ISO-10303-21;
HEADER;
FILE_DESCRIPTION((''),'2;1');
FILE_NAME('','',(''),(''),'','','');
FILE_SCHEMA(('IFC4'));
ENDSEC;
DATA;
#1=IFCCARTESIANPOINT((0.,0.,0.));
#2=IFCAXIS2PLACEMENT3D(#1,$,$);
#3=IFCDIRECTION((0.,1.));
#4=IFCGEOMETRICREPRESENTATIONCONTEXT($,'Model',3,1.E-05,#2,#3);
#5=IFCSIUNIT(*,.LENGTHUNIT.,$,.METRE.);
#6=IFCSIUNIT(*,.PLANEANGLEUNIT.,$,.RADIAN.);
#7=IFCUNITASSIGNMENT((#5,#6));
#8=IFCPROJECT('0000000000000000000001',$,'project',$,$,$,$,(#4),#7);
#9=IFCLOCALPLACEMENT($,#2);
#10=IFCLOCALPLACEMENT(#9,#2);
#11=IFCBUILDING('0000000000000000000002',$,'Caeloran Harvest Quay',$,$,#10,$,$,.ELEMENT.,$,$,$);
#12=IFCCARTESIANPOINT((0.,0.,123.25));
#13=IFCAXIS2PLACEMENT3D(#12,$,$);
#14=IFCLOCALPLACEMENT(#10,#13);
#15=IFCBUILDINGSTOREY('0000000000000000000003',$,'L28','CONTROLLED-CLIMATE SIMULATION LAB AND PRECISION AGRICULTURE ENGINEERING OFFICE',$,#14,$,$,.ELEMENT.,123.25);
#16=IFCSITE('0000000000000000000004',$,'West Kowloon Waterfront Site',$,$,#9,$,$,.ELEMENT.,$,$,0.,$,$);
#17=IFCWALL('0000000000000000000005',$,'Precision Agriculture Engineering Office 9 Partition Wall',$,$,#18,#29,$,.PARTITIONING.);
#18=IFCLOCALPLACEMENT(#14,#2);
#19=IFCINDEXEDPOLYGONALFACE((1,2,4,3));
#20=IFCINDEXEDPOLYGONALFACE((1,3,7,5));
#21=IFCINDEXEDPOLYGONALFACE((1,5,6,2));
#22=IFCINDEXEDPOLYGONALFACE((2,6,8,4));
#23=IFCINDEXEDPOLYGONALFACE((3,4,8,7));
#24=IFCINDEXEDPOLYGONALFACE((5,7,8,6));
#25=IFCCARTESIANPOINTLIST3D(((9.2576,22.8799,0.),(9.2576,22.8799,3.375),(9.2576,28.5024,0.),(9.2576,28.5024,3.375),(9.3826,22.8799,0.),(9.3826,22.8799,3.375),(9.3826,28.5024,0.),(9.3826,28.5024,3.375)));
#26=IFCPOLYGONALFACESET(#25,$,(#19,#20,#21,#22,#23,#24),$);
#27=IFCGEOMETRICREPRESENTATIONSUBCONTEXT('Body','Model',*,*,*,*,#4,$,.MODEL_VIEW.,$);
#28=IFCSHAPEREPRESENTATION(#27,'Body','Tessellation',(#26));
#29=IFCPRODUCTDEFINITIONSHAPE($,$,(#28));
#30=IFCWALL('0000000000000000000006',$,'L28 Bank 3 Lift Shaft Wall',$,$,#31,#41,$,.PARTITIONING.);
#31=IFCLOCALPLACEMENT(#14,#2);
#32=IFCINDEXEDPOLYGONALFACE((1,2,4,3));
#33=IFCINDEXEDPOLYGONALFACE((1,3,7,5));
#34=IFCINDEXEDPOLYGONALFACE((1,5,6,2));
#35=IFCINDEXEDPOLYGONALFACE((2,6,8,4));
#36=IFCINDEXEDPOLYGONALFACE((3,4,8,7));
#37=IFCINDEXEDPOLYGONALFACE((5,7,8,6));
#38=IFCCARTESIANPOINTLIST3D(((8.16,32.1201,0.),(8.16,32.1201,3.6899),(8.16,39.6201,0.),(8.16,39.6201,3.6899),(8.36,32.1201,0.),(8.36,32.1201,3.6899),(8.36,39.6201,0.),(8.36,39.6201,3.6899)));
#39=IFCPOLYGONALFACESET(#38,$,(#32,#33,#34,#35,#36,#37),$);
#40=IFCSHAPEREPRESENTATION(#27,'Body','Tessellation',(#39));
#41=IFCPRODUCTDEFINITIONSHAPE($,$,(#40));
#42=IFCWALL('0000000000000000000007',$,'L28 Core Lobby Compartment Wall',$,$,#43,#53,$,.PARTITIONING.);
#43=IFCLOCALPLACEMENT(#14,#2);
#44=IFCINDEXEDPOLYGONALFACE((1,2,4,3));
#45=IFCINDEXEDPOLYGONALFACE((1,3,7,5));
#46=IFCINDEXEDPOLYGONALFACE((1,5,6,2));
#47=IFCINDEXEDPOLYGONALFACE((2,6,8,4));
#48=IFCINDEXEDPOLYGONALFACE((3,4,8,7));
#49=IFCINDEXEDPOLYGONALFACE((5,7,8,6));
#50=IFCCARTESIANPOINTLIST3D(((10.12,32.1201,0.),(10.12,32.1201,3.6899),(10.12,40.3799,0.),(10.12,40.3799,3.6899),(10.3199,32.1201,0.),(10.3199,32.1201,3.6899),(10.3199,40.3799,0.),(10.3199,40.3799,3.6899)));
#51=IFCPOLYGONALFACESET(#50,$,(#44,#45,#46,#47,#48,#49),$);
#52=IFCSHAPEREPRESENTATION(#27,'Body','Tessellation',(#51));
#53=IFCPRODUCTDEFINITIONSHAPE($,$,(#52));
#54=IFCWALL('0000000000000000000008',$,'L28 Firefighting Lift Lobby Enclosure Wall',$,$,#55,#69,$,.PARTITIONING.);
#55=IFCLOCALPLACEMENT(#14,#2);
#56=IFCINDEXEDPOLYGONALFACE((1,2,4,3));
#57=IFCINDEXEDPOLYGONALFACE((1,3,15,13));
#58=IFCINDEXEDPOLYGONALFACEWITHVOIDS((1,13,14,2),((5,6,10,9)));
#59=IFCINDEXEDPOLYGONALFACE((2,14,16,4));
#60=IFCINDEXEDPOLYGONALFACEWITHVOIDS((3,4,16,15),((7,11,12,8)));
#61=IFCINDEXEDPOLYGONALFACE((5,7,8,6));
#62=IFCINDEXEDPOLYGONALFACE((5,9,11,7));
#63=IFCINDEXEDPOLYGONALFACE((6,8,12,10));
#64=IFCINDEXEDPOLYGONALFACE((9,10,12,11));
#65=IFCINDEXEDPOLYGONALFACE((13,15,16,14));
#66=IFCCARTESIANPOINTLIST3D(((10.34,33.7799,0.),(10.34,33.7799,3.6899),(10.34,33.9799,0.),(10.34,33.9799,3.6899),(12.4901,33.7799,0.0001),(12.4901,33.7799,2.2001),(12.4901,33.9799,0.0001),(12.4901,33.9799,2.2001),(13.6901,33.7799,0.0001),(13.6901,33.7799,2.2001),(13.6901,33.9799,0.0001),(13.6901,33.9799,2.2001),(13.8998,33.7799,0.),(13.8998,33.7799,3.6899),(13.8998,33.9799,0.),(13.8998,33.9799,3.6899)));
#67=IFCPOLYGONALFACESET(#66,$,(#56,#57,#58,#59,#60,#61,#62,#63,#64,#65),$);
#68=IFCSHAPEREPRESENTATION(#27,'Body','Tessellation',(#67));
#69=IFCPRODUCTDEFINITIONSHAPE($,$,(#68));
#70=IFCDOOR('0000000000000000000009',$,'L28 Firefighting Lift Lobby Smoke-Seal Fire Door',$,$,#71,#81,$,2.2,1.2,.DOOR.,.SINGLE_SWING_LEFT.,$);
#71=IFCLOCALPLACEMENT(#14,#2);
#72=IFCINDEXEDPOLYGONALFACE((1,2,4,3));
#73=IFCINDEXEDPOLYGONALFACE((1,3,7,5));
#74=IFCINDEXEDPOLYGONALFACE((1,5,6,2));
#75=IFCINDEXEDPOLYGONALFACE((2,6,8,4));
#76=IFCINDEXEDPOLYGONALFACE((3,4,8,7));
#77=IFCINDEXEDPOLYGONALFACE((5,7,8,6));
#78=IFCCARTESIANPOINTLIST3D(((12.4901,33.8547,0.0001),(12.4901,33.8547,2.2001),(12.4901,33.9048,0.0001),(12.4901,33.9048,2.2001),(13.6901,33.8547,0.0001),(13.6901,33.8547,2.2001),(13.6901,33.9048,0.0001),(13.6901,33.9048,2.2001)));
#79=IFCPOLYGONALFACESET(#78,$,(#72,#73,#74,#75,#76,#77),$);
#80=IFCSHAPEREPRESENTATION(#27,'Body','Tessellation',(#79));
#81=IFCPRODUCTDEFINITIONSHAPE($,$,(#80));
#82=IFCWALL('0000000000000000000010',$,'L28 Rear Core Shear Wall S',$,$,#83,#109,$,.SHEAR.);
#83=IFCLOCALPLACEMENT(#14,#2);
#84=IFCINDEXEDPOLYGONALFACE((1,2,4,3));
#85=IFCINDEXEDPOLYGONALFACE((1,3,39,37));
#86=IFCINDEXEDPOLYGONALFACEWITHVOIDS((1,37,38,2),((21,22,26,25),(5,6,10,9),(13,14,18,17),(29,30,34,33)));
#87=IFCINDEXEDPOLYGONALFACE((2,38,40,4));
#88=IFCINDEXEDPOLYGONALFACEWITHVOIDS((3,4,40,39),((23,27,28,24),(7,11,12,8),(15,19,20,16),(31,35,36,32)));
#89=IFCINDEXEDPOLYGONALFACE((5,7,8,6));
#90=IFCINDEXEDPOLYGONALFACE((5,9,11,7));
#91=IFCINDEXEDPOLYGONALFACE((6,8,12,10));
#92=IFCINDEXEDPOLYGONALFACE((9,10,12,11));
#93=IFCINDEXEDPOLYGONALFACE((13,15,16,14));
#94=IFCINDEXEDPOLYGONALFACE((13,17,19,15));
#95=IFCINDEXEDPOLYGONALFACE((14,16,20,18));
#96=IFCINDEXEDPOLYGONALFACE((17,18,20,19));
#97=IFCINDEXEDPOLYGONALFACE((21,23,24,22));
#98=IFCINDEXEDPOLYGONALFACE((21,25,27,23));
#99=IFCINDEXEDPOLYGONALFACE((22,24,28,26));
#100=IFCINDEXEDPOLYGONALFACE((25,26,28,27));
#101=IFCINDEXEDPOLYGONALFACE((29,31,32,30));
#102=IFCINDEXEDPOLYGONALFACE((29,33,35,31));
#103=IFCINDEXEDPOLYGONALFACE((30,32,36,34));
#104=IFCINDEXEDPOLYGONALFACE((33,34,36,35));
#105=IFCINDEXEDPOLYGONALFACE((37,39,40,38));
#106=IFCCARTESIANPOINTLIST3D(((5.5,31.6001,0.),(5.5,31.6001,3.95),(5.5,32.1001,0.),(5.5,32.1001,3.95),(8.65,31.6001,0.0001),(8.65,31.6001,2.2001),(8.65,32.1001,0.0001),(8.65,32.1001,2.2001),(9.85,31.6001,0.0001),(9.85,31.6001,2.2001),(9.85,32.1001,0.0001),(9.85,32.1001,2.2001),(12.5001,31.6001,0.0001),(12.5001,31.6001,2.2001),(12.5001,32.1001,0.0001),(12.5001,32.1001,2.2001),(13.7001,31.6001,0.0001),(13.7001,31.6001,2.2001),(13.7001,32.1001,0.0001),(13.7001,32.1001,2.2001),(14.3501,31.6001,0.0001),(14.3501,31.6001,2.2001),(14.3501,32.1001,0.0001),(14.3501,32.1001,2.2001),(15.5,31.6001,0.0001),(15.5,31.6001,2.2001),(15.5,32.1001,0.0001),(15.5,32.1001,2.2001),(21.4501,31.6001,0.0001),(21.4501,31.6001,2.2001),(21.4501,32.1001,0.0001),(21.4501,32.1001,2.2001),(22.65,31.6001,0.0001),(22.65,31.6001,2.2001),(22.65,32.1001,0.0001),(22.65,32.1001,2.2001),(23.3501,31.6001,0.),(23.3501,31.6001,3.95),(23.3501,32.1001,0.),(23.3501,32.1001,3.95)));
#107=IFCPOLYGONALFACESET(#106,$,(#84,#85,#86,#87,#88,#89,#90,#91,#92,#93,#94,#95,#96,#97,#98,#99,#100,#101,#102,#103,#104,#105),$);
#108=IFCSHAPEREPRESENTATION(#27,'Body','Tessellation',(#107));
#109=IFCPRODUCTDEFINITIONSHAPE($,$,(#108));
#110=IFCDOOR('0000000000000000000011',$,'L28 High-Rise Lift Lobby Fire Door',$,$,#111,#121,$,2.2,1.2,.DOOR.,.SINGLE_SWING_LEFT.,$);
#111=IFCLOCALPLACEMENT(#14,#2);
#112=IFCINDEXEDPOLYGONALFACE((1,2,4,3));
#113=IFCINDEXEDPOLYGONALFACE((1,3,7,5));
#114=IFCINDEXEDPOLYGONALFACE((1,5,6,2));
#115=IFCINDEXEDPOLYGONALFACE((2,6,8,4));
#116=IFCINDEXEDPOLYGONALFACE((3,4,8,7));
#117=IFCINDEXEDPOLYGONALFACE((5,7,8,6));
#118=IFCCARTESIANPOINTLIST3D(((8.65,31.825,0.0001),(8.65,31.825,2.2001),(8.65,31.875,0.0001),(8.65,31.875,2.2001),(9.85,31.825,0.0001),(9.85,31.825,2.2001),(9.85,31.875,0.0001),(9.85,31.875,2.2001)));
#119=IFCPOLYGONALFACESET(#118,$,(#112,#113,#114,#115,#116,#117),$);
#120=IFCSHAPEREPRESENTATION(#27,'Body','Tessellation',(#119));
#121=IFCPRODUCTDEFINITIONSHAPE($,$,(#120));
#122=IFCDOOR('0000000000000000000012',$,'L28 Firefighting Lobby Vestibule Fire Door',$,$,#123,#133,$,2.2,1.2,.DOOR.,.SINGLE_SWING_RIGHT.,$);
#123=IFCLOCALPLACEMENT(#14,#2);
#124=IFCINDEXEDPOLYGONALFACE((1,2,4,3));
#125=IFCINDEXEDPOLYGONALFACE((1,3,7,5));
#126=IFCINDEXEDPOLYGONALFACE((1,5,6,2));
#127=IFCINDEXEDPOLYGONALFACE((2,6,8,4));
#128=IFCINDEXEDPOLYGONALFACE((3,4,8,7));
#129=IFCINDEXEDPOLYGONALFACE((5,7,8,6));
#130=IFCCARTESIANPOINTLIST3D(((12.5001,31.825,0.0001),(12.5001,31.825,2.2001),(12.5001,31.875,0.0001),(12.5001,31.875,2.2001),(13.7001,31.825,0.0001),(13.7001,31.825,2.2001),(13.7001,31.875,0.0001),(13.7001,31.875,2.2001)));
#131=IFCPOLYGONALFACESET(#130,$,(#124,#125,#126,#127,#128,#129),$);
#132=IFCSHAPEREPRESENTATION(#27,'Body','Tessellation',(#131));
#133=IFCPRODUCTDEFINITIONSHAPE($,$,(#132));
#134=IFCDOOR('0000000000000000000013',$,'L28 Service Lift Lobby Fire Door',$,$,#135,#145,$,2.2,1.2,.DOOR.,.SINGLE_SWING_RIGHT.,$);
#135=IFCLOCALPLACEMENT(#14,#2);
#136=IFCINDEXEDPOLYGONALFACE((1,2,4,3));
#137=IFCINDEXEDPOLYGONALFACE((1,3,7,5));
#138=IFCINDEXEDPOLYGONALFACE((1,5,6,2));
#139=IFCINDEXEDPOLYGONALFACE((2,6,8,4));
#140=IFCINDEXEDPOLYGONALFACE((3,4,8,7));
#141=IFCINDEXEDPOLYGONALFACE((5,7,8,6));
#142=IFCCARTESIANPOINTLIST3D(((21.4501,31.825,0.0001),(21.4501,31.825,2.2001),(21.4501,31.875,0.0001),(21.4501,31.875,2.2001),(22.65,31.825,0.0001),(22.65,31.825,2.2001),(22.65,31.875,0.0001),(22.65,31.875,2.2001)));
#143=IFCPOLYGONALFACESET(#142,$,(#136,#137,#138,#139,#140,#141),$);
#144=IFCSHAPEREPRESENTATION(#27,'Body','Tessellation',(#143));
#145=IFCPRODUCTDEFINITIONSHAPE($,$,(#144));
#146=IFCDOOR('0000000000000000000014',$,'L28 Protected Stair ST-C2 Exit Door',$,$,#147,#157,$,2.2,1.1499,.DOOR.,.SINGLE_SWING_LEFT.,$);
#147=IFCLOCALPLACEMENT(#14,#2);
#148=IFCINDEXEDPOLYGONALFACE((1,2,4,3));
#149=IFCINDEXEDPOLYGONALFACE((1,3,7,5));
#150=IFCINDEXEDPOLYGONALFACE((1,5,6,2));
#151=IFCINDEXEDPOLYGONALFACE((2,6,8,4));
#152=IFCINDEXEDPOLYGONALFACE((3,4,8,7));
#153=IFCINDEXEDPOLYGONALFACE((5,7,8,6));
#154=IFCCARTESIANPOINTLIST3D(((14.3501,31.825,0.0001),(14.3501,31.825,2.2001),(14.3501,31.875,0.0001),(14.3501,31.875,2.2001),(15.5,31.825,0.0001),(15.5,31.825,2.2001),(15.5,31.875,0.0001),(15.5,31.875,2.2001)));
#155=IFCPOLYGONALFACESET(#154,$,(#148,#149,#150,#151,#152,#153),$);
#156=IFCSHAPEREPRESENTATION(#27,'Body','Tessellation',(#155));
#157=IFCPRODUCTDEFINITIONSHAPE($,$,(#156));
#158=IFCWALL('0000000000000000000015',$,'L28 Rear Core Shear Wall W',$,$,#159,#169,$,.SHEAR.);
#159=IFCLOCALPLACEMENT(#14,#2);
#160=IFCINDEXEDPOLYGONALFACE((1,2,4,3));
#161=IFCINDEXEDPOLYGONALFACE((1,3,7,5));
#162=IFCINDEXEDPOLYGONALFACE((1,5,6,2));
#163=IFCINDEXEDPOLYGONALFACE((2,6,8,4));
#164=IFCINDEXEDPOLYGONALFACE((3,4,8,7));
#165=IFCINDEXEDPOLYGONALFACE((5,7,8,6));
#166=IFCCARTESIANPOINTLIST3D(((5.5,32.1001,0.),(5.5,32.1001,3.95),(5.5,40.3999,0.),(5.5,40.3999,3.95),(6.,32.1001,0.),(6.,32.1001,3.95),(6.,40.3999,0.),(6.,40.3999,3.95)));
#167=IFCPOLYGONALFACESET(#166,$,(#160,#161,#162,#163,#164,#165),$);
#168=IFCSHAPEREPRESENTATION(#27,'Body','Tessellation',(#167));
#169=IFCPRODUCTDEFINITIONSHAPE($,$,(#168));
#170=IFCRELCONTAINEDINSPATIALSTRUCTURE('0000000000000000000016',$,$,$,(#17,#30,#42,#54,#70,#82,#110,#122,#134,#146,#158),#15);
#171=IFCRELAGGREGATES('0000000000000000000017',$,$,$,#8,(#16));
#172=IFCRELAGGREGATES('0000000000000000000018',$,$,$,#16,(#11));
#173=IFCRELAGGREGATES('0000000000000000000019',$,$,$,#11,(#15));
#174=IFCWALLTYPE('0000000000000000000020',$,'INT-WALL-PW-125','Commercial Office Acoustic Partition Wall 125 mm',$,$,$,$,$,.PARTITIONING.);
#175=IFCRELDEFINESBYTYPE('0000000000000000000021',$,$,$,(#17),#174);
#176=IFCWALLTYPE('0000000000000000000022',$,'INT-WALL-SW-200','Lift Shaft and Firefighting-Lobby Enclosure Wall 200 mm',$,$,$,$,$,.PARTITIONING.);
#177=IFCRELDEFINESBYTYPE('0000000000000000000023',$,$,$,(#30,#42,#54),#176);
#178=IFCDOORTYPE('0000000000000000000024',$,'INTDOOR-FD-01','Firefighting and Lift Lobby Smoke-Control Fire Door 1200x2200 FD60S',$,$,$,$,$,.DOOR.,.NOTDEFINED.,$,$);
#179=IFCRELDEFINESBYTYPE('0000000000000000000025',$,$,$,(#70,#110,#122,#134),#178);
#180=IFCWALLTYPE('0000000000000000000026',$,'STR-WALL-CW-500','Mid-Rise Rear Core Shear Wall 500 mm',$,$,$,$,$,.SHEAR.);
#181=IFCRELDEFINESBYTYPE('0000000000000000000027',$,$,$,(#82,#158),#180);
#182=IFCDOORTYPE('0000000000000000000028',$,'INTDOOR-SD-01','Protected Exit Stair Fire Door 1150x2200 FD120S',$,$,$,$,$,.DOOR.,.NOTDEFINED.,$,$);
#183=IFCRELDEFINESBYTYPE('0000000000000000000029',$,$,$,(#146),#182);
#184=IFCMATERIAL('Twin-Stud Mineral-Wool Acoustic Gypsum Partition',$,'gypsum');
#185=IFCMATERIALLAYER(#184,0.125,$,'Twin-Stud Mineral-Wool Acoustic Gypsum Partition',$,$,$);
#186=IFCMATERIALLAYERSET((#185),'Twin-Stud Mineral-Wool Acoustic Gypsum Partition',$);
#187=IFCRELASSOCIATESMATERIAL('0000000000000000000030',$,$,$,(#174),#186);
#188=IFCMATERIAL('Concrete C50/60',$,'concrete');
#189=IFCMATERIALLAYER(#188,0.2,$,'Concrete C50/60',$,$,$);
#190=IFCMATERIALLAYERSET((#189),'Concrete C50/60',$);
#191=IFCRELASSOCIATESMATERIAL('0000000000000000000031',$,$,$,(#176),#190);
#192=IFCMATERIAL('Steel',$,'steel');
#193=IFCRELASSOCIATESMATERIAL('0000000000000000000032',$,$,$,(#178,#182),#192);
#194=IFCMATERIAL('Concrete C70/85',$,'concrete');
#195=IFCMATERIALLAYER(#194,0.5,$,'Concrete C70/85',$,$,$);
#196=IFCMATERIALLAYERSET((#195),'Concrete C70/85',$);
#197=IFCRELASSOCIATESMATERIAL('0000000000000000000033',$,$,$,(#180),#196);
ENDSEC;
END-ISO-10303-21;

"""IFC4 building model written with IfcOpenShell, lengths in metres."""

from ifc_helpers import new_model, si_unit, direction, frame, frame_2d, origin, place, context, subcontext, project, spatial, rectangle, extrude, material, layer, layer_set, type_object, element, fill, save


model = new_model("IFC4")

# Units and contexts
model_context = context("Model", 3, precision=1e-05, world=origin(), true_north=direction((0.0, 1.0)))
body_context = subcontext(model_context, "Body", "Model", "MODEL_VIEW")
ifc_project = project(units=[si_unit("LENGTHUNIT", "METRE"), si_unit("PLANEANGLEUNIT", "RADIAN")], contexts=[model_context])

# Site, building, storey
site_placement = place(None, origin())
site = spatial("IfcSite", under=ifc_project, at=site_placement, Name="West Kowloon Waterfront Site", CompositionType="ELEMENT", RefElevation=0.0)
building_placement = place(site_placement, origin())
building = spatial("IfcBuilding", under=site, at=building_placement, Name="Caeloran Harvest Quay", CompositionType="ELEMENT")
storey_placement = place(building_placement, frame((0.0, 0.0, 123.25)))
storey = spatial("IfcBuildingStorey", under=building, at=storey_placement, Name="L28", Description="CONTROLLED-CLIMATE SIMULATION LAB AND PRECISION AGRICULTURE ENGINEERING OFFICE", CompositionType="ELEMENT", Elevation=123.25)

# Shared definitions
ifc_material_1 = material(Name="Concrete C70/85", Category="concrete")

# Shared definitions
ifc_material_2 = material(Name="Twin-Stud Mineral-Wool Acoustic Gypsum Partition", Category="gypsum")
ifc_layer_1 = layer(ifc_material_2, 0.125, Name="Twin-Stud Mineral-Wool Acoustic Gypsum Partition")
ifc_layer_set_1 = layer_set([ifc_layer_1], Name="Twin-Stud Mineral-Wool Acoustic Gypsum Partition")
wall_type_1 = type_object("IfcWallType", Name="INT-WALL-PW-125", Description="Commercial Office Acoustic Partition Wall 125 mm", PredefinedType="PARTITIONING", material=ifc_layer_set_1)

# Walls
wall_1_placement = place(storey_placement, frame((9.3201, 28.5024, 0.0), z_axis=(0.0, 0.0, 1.0), x_axis=(0.0, -1.0, 0.0)))
element("IfcWall", 1, at=wall_1_placement, inside=storey, type_object=wall_type_1, Name="Precision Agriculture Engineering Office 9 Partition Wall", PredefinedType="PARTITIONING", context=body_context, shape_type="SweptSolid", body=[
    extrude(rectangle(XDim=5.6226, YDim=0.125, at=frame_2d((2.8113, 0.0))), origin(), (0.0, 0.0, 1.0), 3.375),
])
ifc_material_3 = material(Name="Concrete C50/60", Category="concrete")
ifc_layer_2 = layer(ifc_material_3, 0.2, Name="Concrete C50/60")
ifc_layer_set_2 = layer_set([ifc_layer_2], Name="Concrete C50/60")
wall_type_2 = type_object("IfcWallType", Name="INT-WALL-SW-200", Description="Lift Shaft and Firefighting-Lobby Enclosure Wall 200 mm", PredefinedType="PARTITIONING", material=ifc_layer_set_2)
wall_2_placement = place(storey_placement, frame((8.26, 32.1201, 0.0), z_axis=(0.0, 0.0, 1.0), x_axis=(0.0, 1.0, 0.0)))
element("IfcWall", 2, at=wall_2_placement, inside=storey, type_object=wall_type_2, Name="L28 Bank 3 Lift Shaft Wall", PredefinedType="PARTITIONING", context=body_context, shape_type="SweptSolid", body=[
    extrude(rectangle(XDim=7.5, YDim=0.2, at=frame_2d((3.75, 0.0))), origin(), (0.0, 0.0, 1.0), 3.6899),
])
wall_3_placement = place(storey_placement, frame((10.22, 32.1201, 0.0), z_axis=(0.0, 0.0, 1.0), x_axis=(0.0, 1.0, 0.0)))
element("IfcWall", 3, at=wall_3_placement, inside=storey, type_object=wall_type_2, Name="L28 Core Lobby Compartment Wall", PredefinedType="PARTITIONING", context=body_context, shape_type="SweptSolid", body=[
    extrude(rectangle(XDim=8.2598, YDim=0.2, at=frame_2d((4.1299, 0.0))), origin(), (0.0, 0.0, 1.0), 3.6899),
])

# Wall, opening, door
wall_4_placement = place(storey_placement, frame((10.3401, 33.8799, 0.0), z_axis=(0.0, 0.0, 1.0), x_axis=(1.0, 0.0, 0.0)))
wall_4 = element("IfcWall", 4, at=wall_4_placement, inside=storey, type_object=wall_type_2, Name="L28 Firefighting Lift Lobby Enclosure Wall", PredefinedType="PARTITIONING", context=body_context, shape_type="SweptSolid", body=[
    extrude(rectangle(XDim=3.5598, YDim=0.2, at=frame_2d((1.7798, 0.0))), origin(), (0.0, 0.0, 1.0), 3.6899),
])
opening_1_placement = place(wall_4_placement, frame((2.1499, 0.0, 0.0)))
opening_1 = element("IfcOpeningElement", 5, at=opening_1_placement, cuts=wall_4, PredefinedType="OPENING", context=body_context, shape_type="SweptSolid", body=[
    extrude(rectangle(XDim=1.2, YDim=2.2, at=frame_2d((0.6001, 1.1001))), frame((0.0, 0.1099, 0.0), z_axis=(0.0, -1.0, 0.0), x_axis=(1.0, 0.0, 0.0)), (0.0, 0.0, 1.0), 0.22),
])
ifc_material_4 = material(Name="Steel", Category="steel")
door_type_1 = type_object("IfcDoorType", Name="INTDOOR-FD-01", Description="Firefighting and Lift Lobby Smoke-Control Fire Door 1200x2200 FD60S", OperationType="NOTDEFINED", PredefinedType="DOOR", material=ifc_material_4)
door_1_placement = place(opening_1_placement, origin())
door_1 = element("IfcDoor", 6, at=door_1_placement, inside=storey, type_object=door_type_1, Name="L28 Firefighting Lift Lobby Smoke-Seal Fire Door", OperationType="SINGLE_SWING_LEFT", OverallHeight=2.2, OverallWidth=1.2, PredefinedType="DOOR", context=body_context, shape_type="SweptSolid", body=[
    extrude(rectangle(XDim=1.2, YDim=2.2, at=frame_2d((0.6001, 1.1001))), frame((0.0, 0.0249, 0.0), z_axis=(0.0, -1.0, 0.0), x_axis=(1.0, 0.0, 0.0)), (0.0, 0.0, 1.0), 0.05),
])
fill(opening_1, door_1)

# Wall, openings, doors
ifc_layer_3 = layer(ifc_material_1, 0.5, Name="Concrete C70/85")
ifc_layer_set_3 = layer_set([ifc_layer_3], Name="Concrete C70/85")
wall_type_3 = type_object("IfcWallType", Name="STR-WALL-CW-500", Description="Mid-Rise Rear Core Shear Wall 500 mm", PredefinedType="SHEAR", material=ifc_layer_set_3)
wall_5_placement = place(storey_placement, frame((5.5, 31.8501, 0.0), z_axis=(0.0, 0.0, 1.0), x_axis=(1.0, 0.0, 0.0)))
wall_5 = element("IfcWall", 7, at=wall_5_placement, inside=storey, type_object=wall_type_3, Name="L28 Rear Core Shear Wall S", PredefinedType="SHEAR", context=body_context, shape_type="SweptSolid", body=[
    extrude(rectangle(XDim=17.8501, YDim=0.5, at=frame_2d((8.925, 0.0))), origin(), (0.0, 0.0, 1.0), 3.95),
])
opening_2_placement = place(wall_5_placement, frame((3.1499, 0.0, 0.0)))
opening_2 = element("IfcOpeningElement", 8, at=opening_2_placement, cuts=wall_5, PredefinedType="OPENING", context=body_context, shape_type="SweptSolid", body=[
    extrude(rectangle(XDim=1.2, YDim=2.2, at=frame_2d((0.6001, 1.1001))), frame((0.0, 0.26, 0.0), z_axis=(0.0, -1.0, 0.0), x_axis=(1.0, 0.0, 0.0)), (0.0, 0.0, 1.0), 0.52),
])
opening_3_placement = place(wall_5_placement, frame((7.0, 0.0, 0.0)))
opening_3 = element("IfcOpeningElement", 9, at=opening_3_placement, cuts=wall_5, PredefinedType="OPENING", context=body_context, shape_type="SweptSolid", body=[
    extrude(rectangle(XDim=1.2, YDim=2.2, at=frame_2d((0.6001, 1.1001))), frame((0.0, 0.26, 0.0), z_axis=(0.0, -1.0, 0.0), x_axis=(1.0, 0.0, 0.0)), (0.0, 0.0, 1.0), 0.52),
])
opening_4_placement = place(wall_5_placement, frame((8.8501, 0.0, 0.0)))
opening_4 = element("IfcOpeningElement", 10, at=opening_4_placement, cuts=wall_5, PredefinedType="OPENING", context=body_context, shape_type="SweptSolid", body=[
    extrude(rectangle(XDim=1.1499, YDim=2.2, at=frame_2d((0.575, 1.1001))), frame((0.0, 0.26, 0.0), z_axis=(0.0, -1.0, 0.0), x_axis=(1.0, 0.0, 0.0)), (0.0, 0.0, 1.0), 0.52),
])
opening_5_placement = place(wall_5_placement, frame((15.95, 0.0, 0.0)))
opening_5 = element("IfcOpeningElement", 11, at=opening_5_placement, cuts=wall_5, PredefinedType="OPENING", context=body_context, shape_type="SweptSolid", body=[
    extrude(rectangle(XDim=1.2, YDim=2.2, at=frame_2d((0.6001, 1.1001))), frame((0.0, 0.26, 0.0), z_axis=(0.0, -1.0, 0.0), x_axis=(1.0, 0.0, 0.0)), (0.0, 0.0, 1.0), 0.52),
])
door_2_placement = place(opening_2_placement, origin())
door_2 = element("IfcDoor", 12, at=door_2_placement, inside=storey, type_object=door_type_1, Name="L28 High-Rise Lift Lobby Fire Door", OperationType="SINGLE_SWING_LEFT", OverallHeight=2.2, OverallWidth=1.2, PredefinedType="DOOR", context=body_context, shape_type="SweptSolid", body=[
    extrude(rectangle(XDim=1.2, YDim=2.2, at=frame_2d((0.6001, 1.1001))), frame((0.0, 0.0249, 0.0), z_axis=(0.0, -1.0, 0.0), x_axis=(1.0, 0.0, 0.0)), (0.0, 0.0, 1.0), 0.05),
])
fill(opening_2, door_2)
door_3_placement = place(opening_3_placement, origin())
door_3 = element("IfcDoor", 13, at=door_3_placement, inside=storey, type_object=door_type_1, Name="L28 Firefighting Lobby Vestibule Fire Door", OperationType="SINGLE_SWING_RIGHT", OverallHeight=2.2, OverallWidth=1.2, PredefinedType="DOOR", context=body_context, shape_type="SweptSolid", body=[
    extrude(rectangle(XDim=1.2, YDim=2.2, at=frame_2d((0.6001, 1.1001))), frame((0.0, 0.0249, 0.0), z_axis=(0.0, -1.0, 0.0), x_axis=(1.0, 0.0, 0.0)), (0.0, 0.0, 1.0), 0.05),
])
fill(opening_3, door_3)
door_4_placement = place(opening_5_placement, origin())
door_4 = element("IfcDoor", 14, at=door_4_placement, inside=storey, type_object=door_type_1, Name="L28 Service Lift Lobby Fire Door", OperationType="SINGLE_SWING_RIGHT", OverallHeight=2.2, OverallWidth=1.2, PredefinedType="DOOR", context=body_context, shape_type="SweptSolid", body=[
    extrude(rectangle(XDim=1.2, YDim=2.2, at=frame_2d((0.6001, 1.1001))), frame((0.0, 0.0249, 0.0), z_axis=(0.0, -1.0, 0.0), x_axis=(1.0, 0.0, 0.0)), (0.0, 0.0, 1.0), 0.05),
])
fill(opening_5, door_4)
door_type_2 = type_object("IfcDoorType", Name="INTDOOR-SD-01", Description="Protected Exit Stair Fire Door 1150x2200 FD120S", OperationType="NOTDEFINED", PredefinedType="DOOR", material=ifc_material_4)
door_5_placement = place(opening_4_placement, origin())
door_5 = element("IfcDoor", 15, at=door_5_placement, inside=storey, type_object=door_type_2, Name="L28 Protected Stair ST-C2 Exit Door", OperationType="SINGLE_SWING_LEFT", OverallHeight=2.2, OverallWidth=1.1499, PredefinedType="DOOR", context=body_context, shape_type="SweptSolid", body=[
    extrude(rectangle(XDim=1.1499, YDim=2.2, at=frame_2d((0.575, 1.1001))), frame((0.0, 0.0249, 0.0), z_axis=(0.0, -1.0, 0.0), x_axis=(1.0, 0.0, 0.0)), (0.0, 0.0, 1.0), 0.05),
])
fill(opening_4, door_5)

# Wall
wall_6_placement = place(storey_placement, frame((5.75, 32.1001, 0.0), z_axis=(0.0, 0.0, 1.0), x_axis=(0.0, 1.0, 0.0)))
element("IfcWall", 16, at=wall_6_placement, inside=storey, type_object=wall_type_3, Name="L28 Rear Core Shear Wall W", PredefinedType="SHEAR", context=body_context, shape_type="SweptSolid", body=[
    extrude(rectangle(XDim=8.2998, YDim=0.5, at=frame_2d((4.1499, 0.0))), origin(), (0.0, 0.0, 1.0), 3.95),
])

save(model, "model.ifc")
